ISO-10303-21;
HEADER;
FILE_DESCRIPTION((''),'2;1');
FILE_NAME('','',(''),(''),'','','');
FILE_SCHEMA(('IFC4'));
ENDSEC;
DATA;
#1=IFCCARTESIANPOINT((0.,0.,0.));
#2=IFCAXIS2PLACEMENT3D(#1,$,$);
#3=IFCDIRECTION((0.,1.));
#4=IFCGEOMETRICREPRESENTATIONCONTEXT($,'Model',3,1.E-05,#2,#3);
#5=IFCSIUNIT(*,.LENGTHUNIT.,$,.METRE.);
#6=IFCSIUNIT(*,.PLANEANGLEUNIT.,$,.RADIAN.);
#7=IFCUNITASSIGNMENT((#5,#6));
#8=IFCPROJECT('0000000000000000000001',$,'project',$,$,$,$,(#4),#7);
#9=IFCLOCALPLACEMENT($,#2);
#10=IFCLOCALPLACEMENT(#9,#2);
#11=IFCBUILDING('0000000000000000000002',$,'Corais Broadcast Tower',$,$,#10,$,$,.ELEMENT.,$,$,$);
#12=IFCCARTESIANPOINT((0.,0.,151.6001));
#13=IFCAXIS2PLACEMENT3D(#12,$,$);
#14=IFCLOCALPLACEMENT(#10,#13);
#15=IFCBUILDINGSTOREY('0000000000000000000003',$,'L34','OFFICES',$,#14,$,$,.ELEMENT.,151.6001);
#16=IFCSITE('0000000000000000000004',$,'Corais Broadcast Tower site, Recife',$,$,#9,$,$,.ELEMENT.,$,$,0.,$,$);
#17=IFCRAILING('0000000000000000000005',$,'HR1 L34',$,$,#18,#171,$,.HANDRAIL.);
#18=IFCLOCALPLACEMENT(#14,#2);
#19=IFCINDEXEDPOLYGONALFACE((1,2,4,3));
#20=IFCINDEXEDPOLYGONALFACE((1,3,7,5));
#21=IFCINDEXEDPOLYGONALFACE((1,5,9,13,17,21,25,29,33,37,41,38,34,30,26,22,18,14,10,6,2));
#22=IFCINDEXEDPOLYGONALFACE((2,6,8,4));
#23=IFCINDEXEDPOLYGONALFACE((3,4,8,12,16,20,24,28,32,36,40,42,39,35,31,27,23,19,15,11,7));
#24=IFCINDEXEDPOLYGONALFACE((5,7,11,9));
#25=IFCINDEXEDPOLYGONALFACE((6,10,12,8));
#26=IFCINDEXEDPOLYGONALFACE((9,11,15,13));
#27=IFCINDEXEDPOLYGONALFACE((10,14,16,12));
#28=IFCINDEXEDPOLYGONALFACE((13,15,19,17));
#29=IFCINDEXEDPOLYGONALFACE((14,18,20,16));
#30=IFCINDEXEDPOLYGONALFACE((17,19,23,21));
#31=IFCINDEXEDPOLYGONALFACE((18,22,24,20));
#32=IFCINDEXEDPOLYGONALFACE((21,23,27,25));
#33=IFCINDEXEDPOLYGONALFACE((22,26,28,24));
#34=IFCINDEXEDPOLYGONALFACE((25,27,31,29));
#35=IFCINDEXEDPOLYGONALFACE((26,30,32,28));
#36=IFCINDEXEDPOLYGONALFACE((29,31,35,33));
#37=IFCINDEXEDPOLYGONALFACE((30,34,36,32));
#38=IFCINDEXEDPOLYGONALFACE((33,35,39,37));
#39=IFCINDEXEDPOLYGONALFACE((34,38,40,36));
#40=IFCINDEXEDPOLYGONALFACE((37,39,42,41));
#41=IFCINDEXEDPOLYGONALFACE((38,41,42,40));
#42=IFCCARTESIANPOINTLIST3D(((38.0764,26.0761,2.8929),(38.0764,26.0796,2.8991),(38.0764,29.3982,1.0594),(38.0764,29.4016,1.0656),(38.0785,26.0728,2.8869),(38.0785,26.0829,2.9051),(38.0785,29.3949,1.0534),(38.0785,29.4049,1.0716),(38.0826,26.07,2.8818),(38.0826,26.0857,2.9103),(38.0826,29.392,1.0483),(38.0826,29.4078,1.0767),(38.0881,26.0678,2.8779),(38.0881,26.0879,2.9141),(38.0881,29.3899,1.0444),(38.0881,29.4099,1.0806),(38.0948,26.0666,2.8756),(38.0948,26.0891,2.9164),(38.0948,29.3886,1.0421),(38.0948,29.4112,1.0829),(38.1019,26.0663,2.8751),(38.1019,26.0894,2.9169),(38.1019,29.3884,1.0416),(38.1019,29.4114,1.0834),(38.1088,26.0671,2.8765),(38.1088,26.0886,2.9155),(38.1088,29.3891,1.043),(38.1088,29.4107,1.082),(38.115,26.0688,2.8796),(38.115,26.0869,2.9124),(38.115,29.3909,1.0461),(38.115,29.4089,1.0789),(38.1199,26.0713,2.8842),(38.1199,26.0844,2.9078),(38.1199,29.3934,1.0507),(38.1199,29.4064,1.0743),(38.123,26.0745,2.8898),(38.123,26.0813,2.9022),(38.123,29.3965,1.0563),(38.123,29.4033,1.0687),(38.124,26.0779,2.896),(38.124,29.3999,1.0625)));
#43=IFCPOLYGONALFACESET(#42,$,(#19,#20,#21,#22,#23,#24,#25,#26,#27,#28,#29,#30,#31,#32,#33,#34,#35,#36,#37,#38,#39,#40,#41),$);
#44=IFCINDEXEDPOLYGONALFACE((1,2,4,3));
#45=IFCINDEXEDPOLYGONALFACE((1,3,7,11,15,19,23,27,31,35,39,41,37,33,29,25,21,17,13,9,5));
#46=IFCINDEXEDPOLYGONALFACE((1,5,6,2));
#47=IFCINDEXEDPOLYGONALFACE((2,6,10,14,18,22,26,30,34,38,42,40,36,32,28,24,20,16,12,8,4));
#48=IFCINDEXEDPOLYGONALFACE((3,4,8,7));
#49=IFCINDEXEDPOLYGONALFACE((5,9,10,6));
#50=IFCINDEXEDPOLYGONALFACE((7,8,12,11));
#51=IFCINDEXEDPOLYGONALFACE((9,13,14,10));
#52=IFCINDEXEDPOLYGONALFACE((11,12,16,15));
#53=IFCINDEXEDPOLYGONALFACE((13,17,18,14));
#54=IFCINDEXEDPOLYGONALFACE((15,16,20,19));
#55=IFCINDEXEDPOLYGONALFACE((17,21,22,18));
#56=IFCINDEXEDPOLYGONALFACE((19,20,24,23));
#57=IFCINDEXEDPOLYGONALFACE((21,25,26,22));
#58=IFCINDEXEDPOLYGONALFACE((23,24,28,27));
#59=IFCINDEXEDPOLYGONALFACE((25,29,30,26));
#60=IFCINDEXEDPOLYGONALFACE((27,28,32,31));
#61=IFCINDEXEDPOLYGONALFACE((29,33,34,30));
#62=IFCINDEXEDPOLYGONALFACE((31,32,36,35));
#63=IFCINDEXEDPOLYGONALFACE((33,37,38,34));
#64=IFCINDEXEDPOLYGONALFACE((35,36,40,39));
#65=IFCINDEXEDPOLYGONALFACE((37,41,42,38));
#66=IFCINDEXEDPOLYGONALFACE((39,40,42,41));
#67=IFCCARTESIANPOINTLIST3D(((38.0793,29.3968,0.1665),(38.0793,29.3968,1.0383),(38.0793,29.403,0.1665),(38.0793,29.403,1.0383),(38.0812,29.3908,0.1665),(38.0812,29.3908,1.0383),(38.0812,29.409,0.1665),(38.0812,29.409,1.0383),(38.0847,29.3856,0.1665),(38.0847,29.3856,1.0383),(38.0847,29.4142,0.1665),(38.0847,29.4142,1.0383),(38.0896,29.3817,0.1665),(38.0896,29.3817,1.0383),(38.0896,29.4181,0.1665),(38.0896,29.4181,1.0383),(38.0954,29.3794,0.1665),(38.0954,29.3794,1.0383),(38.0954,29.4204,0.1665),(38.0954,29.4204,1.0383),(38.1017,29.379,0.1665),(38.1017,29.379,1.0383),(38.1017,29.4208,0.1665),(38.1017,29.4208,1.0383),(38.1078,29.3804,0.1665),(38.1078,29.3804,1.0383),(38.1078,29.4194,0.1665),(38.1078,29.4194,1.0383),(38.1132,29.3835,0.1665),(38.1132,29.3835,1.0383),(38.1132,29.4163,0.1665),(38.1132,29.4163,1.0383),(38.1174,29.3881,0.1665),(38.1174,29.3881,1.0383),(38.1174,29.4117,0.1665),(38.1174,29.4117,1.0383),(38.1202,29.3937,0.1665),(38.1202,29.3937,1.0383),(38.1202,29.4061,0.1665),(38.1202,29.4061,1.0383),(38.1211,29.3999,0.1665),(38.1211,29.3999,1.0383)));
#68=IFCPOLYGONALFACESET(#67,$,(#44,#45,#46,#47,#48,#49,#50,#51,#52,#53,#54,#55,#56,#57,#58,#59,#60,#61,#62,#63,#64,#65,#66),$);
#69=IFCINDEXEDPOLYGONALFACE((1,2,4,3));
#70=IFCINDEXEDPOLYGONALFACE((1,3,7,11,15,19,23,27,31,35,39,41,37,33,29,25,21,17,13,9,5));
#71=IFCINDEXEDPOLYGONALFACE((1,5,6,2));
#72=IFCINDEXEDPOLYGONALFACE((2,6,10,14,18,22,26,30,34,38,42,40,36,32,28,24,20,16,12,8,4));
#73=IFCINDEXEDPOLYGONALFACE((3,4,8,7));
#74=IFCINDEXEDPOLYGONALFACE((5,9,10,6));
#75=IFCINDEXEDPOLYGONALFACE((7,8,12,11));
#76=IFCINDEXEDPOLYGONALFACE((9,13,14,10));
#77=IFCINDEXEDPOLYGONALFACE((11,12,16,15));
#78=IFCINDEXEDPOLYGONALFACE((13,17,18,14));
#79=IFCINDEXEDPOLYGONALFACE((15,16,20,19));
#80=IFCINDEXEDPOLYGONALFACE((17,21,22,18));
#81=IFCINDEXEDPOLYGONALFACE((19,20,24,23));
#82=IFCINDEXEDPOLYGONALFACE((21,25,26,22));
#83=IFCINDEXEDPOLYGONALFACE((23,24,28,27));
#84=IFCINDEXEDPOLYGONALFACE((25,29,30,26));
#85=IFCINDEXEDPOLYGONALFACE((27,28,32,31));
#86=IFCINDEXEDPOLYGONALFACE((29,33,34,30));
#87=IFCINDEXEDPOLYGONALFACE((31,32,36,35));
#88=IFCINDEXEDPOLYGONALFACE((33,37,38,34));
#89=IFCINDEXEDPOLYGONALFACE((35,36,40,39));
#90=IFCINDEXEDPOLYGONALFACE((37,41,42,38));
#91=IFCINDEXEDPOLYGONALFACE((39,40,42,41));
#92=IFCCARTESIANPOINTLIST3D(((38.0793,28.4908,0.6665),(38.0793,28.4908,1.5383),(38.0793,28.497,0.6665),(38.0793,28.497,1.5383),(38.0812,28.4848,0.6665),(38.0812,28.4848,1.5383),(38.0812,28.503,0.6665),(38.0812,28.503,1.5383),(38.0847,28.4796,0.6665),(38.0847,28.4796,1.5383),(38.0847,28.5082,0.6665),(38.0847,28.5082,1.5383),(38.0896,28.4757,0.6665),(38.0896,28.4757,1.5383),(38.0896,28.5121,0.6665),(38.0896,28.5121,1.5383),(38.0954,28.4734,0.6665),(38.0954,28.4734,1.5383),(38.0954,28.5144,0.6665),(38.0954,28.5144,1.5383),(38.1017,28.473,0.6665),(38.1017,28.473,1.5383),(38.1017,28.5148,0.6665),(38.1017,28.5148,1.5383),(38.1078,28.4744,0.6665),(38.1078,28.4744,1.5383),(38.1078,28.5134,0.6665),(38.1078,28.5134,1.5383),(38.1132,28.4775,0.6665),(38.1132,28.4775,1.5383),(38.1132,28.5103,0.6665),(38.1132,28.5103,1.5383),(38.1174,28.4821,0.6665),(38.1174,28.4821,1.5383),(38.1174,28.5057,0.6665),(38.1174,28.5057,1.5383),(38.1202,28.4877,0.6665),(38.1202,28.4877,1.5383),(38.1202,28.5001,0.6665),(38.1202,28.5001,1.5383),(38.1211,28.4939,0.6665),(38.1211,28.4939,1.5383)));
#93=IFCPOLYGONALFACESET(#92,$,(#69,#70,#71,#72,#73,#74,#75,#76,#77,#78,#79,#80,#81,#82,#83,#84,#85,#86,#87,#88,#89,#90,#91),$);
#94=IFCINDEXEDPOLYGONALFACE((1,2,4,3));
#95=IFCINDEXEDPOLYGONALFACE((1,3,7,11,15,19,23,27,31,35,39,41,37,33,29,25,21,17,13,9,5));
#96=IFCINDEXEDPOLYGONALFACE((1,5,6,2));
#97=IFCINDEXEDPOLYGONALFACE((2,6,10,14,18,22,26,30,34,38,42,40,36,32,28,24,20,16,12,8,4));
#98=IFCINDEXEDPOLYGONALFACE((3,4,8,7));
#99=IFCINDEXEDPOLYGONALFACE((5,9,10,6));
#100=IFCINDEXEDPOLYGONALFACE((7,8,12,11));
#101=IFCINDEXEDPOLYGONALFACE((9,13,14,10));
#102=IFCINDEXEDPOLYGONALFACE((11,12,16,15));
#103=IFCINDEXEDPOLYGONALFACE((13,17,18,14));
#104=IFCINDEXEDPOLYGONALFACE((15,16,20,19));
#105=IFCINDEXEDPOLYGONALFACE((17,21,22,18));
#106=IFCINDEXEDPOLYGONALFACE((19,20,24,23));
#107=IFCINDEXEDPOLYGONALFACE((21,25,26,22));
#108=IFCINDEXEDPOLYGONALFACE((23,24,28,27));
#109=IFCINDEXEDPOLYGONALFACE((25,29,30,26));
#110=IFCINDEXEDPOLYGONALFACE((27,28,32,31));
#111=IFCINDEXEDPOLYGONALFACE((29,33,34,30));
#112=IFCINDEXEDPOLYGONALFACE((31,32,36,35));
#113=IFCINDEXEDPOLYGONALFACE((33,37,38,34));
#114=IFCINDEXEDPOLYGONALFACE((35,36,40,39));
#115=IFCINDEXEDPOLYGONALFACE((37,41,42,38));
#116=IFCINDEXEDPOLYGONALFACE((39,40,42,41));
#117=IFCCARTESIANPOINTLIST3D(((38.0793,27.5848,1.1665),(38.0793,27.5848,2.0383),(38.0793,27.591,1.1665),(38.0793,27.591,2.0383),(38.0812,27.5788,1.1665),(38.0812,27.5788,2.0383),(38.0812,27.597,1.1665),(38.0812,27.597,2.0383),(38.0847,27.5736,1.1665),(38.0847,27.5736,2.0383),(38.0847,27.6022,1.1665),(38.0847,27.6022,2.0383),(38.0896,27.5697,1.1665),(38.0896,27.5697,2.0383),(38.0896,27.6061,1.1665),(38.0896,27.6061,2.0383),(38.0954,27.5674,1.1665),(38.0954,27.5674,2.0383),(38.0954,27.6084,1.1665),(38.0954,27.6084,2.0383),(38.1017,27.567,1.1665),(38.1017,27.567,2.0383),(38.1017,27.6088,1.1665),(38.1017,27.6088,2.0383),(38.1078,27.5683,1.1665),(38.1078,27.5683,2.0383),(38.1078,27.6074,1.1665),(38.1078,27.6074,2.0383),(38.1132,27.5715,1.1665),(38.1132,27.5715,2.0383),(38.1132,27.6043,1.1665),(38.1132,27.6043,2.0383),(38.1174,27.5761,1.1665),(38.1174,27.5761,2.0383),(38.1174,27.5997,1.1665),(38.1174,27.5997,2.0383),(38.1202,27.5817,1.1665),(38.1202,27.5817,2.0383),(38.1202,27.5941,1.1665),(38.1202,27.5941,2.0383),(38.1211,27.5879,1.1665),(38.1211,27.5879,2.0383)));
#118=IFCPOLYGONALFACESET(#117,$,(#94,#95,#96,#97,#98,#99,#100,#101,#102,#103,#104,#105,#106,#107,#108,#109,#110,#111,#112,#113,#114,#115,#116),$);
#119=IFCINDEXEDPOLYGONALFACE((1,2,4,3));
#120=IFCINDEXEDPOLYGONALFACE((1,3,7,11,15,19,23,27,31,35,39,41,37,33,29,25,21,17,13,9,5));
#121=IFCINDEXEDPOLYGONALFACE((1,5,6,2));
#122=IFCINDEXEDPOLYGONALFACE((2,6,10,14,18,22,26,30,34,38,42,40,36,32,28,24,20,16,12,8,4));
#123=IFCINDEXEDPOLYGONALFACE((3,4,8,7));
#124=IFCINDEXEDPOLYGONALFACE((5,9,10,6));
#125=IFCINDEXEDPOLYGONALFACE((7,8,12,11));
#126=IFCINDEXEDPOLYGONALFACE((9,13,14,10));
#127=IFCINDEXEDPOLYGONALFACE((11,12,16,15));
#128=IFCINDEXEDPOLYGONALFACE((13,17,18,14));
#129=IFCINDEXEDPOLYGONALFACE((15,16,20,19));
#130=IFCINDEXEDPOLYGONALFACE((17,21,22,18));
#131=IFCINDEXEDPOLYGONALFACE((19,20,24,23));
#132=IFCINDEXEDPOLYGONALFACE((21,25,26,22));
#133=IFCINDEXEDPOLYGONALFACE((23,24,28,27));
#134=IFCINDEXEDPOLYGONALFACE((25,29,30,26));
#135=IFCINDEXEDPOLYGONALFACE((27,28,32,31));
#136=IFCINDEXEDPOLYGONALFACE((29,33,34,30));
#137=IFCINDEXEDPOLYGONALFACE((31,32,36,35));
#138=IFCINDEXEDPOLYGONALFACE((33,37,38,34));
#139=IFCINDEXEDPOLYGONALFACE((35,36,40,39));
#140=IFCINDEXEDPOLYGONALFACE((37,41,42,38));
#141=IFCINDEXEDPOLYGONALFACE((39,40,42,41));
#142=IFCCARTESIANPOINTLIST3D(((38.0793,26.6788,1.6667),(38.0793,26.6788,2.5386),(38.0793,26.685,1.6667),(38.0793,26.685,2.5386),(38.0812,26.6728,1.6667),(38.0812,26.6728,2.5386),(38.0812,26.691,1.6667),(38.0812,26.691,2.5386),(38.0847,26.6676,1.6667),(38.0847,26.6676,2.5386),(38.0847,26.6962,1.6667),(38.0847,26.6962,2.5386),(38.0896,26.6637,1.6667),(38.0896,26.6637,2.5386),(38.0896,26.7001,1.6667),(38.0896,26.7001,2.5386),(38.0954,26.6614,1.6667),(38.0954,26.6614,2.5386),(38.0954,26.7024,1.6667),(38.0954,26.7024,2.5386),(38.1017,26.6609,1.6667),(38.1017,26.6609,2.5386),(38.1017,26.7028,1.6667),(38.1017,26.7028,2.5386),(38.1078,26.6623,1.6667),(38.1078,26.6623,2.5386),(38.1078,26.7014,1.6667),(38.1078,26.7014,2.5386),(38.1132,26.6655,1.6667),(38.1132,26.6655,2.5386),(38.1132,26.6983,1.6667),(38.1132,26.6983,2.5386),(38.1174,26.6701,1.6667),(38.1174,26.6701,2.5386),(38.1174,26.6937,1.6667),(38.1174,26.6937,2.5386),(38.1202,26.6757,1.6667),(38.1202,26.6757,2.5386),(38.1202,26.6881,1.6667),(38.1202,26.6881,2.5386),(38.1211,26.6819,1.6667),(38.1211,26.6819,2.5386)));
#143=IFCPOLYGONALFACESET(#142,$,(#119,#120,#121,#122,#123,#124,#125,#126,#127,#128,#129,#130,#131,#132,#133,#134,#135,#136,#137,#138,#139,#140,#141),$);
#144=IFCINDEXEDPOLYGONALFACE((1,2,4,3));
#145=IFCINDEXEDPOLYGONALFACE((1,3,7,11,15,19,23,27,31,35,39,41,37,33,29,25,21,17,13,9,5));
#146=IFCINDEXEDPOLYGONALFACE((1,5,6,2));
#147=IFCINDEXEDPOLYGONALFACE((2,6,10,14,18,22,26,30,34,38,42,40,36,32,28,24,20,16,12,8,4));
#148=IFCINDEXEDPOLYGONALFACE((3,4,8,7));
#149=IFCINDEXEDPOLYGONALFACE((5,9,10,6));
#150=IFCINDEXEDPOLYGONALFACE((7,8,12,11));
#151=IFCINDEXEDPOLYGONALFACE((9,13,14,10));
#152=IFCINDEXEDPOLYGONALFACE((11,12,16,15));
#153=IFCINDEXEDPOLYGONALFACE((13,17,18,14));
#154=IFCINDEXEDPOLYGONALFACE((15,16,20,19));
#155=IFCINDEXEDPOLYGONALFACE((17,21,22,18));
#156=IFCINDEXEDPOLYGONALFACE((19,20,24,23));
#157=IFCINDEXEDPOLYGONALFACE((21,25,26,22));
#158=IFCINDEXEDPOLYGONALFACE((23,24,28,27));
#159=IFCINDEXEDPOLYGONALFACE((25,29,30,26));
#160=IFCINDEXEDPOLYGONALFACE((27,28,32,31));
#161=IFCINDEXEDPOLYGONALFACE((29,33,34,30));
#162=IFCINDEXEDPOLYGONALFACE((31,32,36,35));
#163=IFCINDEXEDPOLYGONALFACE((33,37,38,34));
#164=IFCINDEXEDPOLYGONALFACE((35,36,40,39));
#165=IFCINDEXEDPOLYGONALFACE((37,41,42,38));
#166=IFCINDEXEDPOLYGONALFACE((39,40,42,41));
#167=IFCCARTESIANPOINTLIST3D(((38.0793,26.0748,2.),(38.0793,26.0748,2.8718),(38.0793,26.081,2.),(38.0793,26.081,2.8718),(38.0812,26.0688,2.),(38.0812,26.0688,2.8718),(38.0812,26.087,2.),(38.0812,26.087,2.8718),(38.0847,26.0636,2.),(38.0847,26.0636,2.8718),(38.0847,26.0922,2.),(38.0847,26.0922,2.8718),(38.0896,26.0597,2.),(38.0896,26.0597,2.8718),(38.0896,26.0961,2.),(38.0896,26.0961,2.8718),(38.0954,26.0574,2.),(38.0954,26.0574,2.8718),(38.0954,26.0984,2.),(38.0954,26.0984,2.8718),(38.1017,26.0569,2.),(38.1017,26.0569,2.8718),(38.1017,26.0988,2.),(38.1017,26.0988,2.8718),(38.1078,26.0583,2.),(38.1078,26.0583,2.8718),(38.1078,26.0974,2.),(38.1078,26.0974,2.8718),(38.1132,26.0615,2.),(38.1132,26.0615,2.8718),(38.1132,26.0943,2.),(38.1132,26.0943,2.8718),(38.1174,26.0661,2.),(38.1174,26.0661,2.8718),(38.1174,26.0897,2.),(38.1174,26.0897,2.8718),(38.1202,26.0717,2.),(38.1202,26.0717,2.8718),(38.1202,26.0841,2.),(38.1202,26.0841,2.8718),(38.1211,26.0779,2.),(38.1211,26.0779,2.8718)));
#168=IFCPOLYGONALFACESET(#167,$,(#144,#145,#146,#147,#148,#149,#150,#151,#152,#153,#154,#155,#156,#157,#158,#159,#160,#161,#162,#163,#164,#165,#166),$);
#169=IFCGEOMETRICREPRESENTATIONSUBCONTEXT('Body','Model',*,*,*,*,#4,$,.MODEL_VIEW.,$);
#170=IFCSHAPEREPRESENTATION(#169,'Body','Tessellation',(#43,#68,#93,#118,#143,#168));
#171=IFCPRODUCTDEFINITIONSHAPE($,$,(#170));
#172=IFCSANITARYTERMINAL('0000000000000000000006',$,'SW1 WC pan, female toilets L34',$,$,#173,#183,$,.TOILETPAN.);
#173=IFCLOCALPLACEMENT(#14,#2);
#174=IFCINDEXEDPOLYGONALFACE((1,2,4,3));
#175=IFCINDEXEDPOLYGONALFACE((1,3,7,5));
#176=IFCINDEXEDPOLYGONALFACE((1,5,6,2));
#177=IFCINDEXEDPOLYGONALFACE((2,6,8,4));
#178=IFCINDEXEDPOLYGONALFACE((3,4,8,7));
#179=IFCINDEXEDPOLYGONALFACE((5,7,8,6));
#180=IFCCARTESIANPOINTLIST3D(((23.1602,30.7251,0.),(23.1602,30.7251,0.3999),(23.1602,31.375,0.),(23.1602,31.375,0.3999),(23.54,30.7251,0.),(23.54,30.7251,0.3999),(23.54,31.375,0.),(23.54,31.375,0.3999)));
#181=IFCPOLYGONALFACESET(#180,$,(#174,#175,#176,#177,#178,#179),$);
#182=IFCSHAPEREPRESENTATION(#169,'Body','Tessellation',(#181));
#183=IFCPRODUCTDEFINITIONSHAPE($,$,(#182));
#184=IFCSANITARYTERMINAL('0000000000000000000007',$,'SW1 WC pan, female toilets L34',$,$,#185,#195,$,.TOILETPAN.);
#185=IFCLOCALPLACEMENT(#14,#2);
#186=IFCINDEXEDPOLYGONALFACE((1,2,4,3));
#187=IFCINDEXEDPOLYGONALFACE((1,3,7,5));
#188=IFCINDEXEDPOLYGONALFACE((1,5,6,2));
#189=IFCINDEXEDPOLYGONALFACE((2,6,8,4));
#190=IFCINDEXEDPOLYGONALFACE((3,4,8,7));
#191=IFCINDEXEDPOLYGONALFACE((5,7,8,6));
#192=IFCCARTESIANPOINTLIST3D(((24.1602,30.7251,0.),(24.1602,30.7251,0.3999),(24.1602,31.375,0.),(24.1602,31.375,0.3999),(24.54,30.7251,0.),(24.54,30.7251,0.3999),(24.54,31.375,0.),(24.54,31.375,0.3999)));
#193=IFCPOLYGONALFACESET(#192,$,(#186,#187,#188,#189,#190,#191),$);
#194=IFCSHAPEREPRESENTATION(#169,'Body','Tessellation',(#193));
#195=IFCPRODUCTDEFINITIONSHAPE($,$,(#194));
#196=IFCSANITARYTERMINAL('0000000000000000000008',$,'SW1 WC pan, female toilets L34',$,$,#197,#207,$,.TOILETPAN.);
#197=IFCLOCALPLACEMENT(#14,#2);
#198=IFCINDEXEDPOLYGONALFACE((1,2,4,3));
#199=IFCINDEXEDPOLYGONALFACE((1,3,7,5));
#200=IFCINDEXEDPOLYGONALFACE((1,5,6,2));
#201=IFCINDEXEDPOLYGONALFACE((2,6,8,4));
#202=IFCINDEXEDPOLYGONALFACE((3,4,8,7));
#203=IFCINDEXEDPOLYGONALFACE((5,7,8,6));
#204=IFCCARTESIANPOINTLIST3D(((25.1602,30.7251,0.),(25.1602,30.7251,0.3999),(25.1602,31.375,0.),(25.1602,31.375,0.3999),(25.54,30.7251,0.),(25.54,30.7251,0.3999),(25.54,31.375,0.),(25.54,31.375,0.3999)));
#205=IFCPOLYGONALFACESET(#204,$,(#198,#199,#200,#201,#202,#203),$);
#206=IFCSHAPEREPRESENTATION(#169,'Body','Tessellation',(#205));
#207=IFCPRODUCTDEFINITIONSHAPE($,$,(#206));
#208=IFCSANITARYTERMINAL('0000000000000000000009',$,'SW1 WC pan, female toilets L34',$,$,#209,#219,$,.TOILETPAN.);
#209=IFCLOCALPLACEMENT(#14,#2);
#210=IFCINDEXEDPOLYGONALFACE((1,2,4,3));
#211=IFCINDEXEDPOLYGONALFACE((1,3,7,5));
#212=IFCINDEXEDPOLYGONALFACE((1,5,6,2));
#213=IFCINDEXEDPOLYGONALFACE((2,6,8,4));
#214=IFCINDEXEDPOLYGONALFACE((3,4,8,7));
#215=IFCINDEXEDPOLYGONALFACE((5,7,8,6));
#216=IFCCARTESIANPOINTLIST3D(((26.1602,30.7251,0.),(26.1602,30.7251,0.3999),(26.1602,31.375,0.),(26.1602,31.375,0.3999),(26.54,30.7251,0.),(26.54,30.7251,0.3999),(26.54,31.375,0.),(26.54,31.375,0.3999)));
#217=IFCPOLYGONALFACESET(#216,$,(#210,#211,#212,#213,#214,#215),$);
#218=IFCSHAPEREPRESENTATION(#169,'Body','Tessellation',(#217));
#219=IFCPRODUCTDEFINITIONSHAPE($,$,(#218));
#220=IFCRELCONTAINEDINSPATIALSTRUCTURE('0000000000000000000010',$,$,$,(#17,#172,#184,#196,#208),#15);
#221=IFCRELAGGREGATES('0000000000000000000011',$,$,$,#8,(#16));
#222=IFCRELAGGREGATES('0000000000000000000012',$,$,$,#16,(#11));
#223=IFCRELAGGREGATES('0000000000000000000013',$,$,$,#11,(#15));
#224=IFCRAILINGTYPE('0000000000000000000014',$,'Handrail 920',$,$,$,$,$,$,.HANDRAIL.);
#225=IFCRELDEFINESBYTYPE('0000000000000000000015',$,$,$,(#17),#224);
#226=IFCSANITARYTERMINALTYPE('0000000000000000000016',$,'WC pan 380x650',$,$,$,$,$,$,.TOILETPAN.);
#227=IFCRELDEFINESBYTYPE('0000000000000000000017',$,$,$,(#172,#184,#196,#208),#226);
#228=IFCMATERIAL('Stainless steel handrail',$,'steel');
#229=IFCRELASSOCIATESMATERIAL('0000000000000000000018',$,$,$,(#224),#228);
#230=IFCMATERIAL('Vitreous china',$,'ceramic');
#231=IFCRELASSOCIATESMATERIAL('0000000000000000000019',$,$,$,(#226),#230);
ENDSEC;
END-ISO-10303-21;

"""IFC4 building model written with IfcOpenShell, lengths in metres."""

from ifc_helpers import new_model, si_unit, direction, frame, origin, origin_2d, place, context, subcontext, project, spatial, rectangle, circle, extrude, material, type_object, element, save


model = new_model("IFC4")

# Units and contexts
model_context = context("Model", 3, precision=1e-05, world=origin(), true_north=direction((0.0, 1.0)))
body_context = subcontext(model_context, "Body", "Model", "MODEL_VIEW")
ifc_project = project(units=[si_unit("LENGTHUNIT", "METRE"), si_unit("PLANEANGLEUNIT", "RADIAN")], contexts=[model_context])

# Site, building, storey
site_placement = place(None, origin())
site = spatial("IfcSite", under=ifc_project, at=site_placement, Name="Corais Broadcast Tower site, Recife", CompositionType="ELEMENT", RefElevation=0.0)
building_placement = place(site_placement, origin())
building = spatial("IfcBuilding", under=site, at=building_placement, Name="Corais Broadcast Tower", CompositionType="ELEMENT")
storey_placement = place(building_placement, frame((0.0, 0.0, 151.6001)))
storey = spatial("IfcBuildingStorey", under=building, at=storey_placement, Name="L34", Description="OFFICES", CompositionType="ELEMENT", Elevation=151.6001)

# Railing
ifc_material_1 = material(Name="Stainless steel handrail", Category="steel")
railing_type = type_object("IfcRailingType", Name="Handrail 920", PredefinedType="HANDRAIL", material=ifc_material_1)
for number, where, name in (
    (1, (38.1001, 29.3999, 0.1665), "HR1 L34"),
):
    element("IfcRailing", number, at=place(storey_placement, frame(where)), inside=storey, type_object=railing_type, Name=name, PredefinedType="HANDRAIL", context=body_context, shape_type="SweptSolid", body=[
        extrude(circle(Radius=0.0239, at=origin_2d()), frame((0.0, 0.0, 0.896), z_axis=(0.0, -0.875504, 0.48321), x_axis=(1.0, 0.0, 0.0)), (0.0, 0.0, 1.0), 3.7944),
        extrude(circle(Radius=0.021, at=origin_2d()), origin(), (0.0, 0.0, 1.0), 0.8718),
        extrude(circle(Radius=0.021, at=origin_2d()), frame((0.0, -0.906, 0.5)), (0.0, 0.0, 1.0), 0.8718),
        extrude(circle(Radius=0.021, at=origin_2d()), frame((0.0, -1.812, 1.0)), (0.0, 0.0, 1.0), 0.8718),
        extrude(circle(Radius=0.021, at=origin_2d()), frame((0.0, -2.718, 1.5002)), (0.0, 0.0, 1.0), 0.8718),
        extrude(circle(Radius=0.021, at=origin_2d()), frame((0.0, -3.322, 1.8335)), (0.0, 0.0, 1.0), 0.8718),
    ])

# Sanitary terminals
ifc_material_2 = material(Name="Vitreous china", Category="ceramic")
sanitary_terminal_type_1 = type_object("IfcSanitaryTerminalType", Name="WC pan 380x650", PredefinedType="TOILETPAN", material=ifc_material_2)
for number, where, z_axis, x_axis, name in (
    (2, (23.3501, 31.05, 0.0), (0.0, 0.0, 1.0), (1.0, 0.0, 0.0), "SW1 WC pan, female toilets L34"),
    (3, (24.3501, 31.05, 0.0), (0.0, 0.0, 1.0), (1.0, 0.0, 0.0), "SW1 WC pan, female toilets L34"),
    (4, (25.3501, 31.05, 0.0), (0.0, 0.0, 1.0), (1.0, 0.0, 0.0), "SW1 WC pan, female toilets L34"),
    (5, (26.3501, 31.05, 0.0), (0.0, 0.0, 1.0), (1.0, 0.0, 0.0), "SW1 WC pan, female toilets L34"),
):
    element("IfcSanitaryTerminal", number, at=place(storey_placement, frame(where, z_axis=z_axis, x_axis=x_axis)), inside=storey, type_object=sanitary_terminal_type_1, Name=name, PredefinedType="TOILETPAN", context=body_context, shape_type="SweptSolid", body=[
        extrude(rectangle(XDim=0.3799, YDim=0.6499, at=origin_2d()), origin(), (0.0, 0.0, 1.0), 0.3999),
    ])

save(model, "model.ifc")
